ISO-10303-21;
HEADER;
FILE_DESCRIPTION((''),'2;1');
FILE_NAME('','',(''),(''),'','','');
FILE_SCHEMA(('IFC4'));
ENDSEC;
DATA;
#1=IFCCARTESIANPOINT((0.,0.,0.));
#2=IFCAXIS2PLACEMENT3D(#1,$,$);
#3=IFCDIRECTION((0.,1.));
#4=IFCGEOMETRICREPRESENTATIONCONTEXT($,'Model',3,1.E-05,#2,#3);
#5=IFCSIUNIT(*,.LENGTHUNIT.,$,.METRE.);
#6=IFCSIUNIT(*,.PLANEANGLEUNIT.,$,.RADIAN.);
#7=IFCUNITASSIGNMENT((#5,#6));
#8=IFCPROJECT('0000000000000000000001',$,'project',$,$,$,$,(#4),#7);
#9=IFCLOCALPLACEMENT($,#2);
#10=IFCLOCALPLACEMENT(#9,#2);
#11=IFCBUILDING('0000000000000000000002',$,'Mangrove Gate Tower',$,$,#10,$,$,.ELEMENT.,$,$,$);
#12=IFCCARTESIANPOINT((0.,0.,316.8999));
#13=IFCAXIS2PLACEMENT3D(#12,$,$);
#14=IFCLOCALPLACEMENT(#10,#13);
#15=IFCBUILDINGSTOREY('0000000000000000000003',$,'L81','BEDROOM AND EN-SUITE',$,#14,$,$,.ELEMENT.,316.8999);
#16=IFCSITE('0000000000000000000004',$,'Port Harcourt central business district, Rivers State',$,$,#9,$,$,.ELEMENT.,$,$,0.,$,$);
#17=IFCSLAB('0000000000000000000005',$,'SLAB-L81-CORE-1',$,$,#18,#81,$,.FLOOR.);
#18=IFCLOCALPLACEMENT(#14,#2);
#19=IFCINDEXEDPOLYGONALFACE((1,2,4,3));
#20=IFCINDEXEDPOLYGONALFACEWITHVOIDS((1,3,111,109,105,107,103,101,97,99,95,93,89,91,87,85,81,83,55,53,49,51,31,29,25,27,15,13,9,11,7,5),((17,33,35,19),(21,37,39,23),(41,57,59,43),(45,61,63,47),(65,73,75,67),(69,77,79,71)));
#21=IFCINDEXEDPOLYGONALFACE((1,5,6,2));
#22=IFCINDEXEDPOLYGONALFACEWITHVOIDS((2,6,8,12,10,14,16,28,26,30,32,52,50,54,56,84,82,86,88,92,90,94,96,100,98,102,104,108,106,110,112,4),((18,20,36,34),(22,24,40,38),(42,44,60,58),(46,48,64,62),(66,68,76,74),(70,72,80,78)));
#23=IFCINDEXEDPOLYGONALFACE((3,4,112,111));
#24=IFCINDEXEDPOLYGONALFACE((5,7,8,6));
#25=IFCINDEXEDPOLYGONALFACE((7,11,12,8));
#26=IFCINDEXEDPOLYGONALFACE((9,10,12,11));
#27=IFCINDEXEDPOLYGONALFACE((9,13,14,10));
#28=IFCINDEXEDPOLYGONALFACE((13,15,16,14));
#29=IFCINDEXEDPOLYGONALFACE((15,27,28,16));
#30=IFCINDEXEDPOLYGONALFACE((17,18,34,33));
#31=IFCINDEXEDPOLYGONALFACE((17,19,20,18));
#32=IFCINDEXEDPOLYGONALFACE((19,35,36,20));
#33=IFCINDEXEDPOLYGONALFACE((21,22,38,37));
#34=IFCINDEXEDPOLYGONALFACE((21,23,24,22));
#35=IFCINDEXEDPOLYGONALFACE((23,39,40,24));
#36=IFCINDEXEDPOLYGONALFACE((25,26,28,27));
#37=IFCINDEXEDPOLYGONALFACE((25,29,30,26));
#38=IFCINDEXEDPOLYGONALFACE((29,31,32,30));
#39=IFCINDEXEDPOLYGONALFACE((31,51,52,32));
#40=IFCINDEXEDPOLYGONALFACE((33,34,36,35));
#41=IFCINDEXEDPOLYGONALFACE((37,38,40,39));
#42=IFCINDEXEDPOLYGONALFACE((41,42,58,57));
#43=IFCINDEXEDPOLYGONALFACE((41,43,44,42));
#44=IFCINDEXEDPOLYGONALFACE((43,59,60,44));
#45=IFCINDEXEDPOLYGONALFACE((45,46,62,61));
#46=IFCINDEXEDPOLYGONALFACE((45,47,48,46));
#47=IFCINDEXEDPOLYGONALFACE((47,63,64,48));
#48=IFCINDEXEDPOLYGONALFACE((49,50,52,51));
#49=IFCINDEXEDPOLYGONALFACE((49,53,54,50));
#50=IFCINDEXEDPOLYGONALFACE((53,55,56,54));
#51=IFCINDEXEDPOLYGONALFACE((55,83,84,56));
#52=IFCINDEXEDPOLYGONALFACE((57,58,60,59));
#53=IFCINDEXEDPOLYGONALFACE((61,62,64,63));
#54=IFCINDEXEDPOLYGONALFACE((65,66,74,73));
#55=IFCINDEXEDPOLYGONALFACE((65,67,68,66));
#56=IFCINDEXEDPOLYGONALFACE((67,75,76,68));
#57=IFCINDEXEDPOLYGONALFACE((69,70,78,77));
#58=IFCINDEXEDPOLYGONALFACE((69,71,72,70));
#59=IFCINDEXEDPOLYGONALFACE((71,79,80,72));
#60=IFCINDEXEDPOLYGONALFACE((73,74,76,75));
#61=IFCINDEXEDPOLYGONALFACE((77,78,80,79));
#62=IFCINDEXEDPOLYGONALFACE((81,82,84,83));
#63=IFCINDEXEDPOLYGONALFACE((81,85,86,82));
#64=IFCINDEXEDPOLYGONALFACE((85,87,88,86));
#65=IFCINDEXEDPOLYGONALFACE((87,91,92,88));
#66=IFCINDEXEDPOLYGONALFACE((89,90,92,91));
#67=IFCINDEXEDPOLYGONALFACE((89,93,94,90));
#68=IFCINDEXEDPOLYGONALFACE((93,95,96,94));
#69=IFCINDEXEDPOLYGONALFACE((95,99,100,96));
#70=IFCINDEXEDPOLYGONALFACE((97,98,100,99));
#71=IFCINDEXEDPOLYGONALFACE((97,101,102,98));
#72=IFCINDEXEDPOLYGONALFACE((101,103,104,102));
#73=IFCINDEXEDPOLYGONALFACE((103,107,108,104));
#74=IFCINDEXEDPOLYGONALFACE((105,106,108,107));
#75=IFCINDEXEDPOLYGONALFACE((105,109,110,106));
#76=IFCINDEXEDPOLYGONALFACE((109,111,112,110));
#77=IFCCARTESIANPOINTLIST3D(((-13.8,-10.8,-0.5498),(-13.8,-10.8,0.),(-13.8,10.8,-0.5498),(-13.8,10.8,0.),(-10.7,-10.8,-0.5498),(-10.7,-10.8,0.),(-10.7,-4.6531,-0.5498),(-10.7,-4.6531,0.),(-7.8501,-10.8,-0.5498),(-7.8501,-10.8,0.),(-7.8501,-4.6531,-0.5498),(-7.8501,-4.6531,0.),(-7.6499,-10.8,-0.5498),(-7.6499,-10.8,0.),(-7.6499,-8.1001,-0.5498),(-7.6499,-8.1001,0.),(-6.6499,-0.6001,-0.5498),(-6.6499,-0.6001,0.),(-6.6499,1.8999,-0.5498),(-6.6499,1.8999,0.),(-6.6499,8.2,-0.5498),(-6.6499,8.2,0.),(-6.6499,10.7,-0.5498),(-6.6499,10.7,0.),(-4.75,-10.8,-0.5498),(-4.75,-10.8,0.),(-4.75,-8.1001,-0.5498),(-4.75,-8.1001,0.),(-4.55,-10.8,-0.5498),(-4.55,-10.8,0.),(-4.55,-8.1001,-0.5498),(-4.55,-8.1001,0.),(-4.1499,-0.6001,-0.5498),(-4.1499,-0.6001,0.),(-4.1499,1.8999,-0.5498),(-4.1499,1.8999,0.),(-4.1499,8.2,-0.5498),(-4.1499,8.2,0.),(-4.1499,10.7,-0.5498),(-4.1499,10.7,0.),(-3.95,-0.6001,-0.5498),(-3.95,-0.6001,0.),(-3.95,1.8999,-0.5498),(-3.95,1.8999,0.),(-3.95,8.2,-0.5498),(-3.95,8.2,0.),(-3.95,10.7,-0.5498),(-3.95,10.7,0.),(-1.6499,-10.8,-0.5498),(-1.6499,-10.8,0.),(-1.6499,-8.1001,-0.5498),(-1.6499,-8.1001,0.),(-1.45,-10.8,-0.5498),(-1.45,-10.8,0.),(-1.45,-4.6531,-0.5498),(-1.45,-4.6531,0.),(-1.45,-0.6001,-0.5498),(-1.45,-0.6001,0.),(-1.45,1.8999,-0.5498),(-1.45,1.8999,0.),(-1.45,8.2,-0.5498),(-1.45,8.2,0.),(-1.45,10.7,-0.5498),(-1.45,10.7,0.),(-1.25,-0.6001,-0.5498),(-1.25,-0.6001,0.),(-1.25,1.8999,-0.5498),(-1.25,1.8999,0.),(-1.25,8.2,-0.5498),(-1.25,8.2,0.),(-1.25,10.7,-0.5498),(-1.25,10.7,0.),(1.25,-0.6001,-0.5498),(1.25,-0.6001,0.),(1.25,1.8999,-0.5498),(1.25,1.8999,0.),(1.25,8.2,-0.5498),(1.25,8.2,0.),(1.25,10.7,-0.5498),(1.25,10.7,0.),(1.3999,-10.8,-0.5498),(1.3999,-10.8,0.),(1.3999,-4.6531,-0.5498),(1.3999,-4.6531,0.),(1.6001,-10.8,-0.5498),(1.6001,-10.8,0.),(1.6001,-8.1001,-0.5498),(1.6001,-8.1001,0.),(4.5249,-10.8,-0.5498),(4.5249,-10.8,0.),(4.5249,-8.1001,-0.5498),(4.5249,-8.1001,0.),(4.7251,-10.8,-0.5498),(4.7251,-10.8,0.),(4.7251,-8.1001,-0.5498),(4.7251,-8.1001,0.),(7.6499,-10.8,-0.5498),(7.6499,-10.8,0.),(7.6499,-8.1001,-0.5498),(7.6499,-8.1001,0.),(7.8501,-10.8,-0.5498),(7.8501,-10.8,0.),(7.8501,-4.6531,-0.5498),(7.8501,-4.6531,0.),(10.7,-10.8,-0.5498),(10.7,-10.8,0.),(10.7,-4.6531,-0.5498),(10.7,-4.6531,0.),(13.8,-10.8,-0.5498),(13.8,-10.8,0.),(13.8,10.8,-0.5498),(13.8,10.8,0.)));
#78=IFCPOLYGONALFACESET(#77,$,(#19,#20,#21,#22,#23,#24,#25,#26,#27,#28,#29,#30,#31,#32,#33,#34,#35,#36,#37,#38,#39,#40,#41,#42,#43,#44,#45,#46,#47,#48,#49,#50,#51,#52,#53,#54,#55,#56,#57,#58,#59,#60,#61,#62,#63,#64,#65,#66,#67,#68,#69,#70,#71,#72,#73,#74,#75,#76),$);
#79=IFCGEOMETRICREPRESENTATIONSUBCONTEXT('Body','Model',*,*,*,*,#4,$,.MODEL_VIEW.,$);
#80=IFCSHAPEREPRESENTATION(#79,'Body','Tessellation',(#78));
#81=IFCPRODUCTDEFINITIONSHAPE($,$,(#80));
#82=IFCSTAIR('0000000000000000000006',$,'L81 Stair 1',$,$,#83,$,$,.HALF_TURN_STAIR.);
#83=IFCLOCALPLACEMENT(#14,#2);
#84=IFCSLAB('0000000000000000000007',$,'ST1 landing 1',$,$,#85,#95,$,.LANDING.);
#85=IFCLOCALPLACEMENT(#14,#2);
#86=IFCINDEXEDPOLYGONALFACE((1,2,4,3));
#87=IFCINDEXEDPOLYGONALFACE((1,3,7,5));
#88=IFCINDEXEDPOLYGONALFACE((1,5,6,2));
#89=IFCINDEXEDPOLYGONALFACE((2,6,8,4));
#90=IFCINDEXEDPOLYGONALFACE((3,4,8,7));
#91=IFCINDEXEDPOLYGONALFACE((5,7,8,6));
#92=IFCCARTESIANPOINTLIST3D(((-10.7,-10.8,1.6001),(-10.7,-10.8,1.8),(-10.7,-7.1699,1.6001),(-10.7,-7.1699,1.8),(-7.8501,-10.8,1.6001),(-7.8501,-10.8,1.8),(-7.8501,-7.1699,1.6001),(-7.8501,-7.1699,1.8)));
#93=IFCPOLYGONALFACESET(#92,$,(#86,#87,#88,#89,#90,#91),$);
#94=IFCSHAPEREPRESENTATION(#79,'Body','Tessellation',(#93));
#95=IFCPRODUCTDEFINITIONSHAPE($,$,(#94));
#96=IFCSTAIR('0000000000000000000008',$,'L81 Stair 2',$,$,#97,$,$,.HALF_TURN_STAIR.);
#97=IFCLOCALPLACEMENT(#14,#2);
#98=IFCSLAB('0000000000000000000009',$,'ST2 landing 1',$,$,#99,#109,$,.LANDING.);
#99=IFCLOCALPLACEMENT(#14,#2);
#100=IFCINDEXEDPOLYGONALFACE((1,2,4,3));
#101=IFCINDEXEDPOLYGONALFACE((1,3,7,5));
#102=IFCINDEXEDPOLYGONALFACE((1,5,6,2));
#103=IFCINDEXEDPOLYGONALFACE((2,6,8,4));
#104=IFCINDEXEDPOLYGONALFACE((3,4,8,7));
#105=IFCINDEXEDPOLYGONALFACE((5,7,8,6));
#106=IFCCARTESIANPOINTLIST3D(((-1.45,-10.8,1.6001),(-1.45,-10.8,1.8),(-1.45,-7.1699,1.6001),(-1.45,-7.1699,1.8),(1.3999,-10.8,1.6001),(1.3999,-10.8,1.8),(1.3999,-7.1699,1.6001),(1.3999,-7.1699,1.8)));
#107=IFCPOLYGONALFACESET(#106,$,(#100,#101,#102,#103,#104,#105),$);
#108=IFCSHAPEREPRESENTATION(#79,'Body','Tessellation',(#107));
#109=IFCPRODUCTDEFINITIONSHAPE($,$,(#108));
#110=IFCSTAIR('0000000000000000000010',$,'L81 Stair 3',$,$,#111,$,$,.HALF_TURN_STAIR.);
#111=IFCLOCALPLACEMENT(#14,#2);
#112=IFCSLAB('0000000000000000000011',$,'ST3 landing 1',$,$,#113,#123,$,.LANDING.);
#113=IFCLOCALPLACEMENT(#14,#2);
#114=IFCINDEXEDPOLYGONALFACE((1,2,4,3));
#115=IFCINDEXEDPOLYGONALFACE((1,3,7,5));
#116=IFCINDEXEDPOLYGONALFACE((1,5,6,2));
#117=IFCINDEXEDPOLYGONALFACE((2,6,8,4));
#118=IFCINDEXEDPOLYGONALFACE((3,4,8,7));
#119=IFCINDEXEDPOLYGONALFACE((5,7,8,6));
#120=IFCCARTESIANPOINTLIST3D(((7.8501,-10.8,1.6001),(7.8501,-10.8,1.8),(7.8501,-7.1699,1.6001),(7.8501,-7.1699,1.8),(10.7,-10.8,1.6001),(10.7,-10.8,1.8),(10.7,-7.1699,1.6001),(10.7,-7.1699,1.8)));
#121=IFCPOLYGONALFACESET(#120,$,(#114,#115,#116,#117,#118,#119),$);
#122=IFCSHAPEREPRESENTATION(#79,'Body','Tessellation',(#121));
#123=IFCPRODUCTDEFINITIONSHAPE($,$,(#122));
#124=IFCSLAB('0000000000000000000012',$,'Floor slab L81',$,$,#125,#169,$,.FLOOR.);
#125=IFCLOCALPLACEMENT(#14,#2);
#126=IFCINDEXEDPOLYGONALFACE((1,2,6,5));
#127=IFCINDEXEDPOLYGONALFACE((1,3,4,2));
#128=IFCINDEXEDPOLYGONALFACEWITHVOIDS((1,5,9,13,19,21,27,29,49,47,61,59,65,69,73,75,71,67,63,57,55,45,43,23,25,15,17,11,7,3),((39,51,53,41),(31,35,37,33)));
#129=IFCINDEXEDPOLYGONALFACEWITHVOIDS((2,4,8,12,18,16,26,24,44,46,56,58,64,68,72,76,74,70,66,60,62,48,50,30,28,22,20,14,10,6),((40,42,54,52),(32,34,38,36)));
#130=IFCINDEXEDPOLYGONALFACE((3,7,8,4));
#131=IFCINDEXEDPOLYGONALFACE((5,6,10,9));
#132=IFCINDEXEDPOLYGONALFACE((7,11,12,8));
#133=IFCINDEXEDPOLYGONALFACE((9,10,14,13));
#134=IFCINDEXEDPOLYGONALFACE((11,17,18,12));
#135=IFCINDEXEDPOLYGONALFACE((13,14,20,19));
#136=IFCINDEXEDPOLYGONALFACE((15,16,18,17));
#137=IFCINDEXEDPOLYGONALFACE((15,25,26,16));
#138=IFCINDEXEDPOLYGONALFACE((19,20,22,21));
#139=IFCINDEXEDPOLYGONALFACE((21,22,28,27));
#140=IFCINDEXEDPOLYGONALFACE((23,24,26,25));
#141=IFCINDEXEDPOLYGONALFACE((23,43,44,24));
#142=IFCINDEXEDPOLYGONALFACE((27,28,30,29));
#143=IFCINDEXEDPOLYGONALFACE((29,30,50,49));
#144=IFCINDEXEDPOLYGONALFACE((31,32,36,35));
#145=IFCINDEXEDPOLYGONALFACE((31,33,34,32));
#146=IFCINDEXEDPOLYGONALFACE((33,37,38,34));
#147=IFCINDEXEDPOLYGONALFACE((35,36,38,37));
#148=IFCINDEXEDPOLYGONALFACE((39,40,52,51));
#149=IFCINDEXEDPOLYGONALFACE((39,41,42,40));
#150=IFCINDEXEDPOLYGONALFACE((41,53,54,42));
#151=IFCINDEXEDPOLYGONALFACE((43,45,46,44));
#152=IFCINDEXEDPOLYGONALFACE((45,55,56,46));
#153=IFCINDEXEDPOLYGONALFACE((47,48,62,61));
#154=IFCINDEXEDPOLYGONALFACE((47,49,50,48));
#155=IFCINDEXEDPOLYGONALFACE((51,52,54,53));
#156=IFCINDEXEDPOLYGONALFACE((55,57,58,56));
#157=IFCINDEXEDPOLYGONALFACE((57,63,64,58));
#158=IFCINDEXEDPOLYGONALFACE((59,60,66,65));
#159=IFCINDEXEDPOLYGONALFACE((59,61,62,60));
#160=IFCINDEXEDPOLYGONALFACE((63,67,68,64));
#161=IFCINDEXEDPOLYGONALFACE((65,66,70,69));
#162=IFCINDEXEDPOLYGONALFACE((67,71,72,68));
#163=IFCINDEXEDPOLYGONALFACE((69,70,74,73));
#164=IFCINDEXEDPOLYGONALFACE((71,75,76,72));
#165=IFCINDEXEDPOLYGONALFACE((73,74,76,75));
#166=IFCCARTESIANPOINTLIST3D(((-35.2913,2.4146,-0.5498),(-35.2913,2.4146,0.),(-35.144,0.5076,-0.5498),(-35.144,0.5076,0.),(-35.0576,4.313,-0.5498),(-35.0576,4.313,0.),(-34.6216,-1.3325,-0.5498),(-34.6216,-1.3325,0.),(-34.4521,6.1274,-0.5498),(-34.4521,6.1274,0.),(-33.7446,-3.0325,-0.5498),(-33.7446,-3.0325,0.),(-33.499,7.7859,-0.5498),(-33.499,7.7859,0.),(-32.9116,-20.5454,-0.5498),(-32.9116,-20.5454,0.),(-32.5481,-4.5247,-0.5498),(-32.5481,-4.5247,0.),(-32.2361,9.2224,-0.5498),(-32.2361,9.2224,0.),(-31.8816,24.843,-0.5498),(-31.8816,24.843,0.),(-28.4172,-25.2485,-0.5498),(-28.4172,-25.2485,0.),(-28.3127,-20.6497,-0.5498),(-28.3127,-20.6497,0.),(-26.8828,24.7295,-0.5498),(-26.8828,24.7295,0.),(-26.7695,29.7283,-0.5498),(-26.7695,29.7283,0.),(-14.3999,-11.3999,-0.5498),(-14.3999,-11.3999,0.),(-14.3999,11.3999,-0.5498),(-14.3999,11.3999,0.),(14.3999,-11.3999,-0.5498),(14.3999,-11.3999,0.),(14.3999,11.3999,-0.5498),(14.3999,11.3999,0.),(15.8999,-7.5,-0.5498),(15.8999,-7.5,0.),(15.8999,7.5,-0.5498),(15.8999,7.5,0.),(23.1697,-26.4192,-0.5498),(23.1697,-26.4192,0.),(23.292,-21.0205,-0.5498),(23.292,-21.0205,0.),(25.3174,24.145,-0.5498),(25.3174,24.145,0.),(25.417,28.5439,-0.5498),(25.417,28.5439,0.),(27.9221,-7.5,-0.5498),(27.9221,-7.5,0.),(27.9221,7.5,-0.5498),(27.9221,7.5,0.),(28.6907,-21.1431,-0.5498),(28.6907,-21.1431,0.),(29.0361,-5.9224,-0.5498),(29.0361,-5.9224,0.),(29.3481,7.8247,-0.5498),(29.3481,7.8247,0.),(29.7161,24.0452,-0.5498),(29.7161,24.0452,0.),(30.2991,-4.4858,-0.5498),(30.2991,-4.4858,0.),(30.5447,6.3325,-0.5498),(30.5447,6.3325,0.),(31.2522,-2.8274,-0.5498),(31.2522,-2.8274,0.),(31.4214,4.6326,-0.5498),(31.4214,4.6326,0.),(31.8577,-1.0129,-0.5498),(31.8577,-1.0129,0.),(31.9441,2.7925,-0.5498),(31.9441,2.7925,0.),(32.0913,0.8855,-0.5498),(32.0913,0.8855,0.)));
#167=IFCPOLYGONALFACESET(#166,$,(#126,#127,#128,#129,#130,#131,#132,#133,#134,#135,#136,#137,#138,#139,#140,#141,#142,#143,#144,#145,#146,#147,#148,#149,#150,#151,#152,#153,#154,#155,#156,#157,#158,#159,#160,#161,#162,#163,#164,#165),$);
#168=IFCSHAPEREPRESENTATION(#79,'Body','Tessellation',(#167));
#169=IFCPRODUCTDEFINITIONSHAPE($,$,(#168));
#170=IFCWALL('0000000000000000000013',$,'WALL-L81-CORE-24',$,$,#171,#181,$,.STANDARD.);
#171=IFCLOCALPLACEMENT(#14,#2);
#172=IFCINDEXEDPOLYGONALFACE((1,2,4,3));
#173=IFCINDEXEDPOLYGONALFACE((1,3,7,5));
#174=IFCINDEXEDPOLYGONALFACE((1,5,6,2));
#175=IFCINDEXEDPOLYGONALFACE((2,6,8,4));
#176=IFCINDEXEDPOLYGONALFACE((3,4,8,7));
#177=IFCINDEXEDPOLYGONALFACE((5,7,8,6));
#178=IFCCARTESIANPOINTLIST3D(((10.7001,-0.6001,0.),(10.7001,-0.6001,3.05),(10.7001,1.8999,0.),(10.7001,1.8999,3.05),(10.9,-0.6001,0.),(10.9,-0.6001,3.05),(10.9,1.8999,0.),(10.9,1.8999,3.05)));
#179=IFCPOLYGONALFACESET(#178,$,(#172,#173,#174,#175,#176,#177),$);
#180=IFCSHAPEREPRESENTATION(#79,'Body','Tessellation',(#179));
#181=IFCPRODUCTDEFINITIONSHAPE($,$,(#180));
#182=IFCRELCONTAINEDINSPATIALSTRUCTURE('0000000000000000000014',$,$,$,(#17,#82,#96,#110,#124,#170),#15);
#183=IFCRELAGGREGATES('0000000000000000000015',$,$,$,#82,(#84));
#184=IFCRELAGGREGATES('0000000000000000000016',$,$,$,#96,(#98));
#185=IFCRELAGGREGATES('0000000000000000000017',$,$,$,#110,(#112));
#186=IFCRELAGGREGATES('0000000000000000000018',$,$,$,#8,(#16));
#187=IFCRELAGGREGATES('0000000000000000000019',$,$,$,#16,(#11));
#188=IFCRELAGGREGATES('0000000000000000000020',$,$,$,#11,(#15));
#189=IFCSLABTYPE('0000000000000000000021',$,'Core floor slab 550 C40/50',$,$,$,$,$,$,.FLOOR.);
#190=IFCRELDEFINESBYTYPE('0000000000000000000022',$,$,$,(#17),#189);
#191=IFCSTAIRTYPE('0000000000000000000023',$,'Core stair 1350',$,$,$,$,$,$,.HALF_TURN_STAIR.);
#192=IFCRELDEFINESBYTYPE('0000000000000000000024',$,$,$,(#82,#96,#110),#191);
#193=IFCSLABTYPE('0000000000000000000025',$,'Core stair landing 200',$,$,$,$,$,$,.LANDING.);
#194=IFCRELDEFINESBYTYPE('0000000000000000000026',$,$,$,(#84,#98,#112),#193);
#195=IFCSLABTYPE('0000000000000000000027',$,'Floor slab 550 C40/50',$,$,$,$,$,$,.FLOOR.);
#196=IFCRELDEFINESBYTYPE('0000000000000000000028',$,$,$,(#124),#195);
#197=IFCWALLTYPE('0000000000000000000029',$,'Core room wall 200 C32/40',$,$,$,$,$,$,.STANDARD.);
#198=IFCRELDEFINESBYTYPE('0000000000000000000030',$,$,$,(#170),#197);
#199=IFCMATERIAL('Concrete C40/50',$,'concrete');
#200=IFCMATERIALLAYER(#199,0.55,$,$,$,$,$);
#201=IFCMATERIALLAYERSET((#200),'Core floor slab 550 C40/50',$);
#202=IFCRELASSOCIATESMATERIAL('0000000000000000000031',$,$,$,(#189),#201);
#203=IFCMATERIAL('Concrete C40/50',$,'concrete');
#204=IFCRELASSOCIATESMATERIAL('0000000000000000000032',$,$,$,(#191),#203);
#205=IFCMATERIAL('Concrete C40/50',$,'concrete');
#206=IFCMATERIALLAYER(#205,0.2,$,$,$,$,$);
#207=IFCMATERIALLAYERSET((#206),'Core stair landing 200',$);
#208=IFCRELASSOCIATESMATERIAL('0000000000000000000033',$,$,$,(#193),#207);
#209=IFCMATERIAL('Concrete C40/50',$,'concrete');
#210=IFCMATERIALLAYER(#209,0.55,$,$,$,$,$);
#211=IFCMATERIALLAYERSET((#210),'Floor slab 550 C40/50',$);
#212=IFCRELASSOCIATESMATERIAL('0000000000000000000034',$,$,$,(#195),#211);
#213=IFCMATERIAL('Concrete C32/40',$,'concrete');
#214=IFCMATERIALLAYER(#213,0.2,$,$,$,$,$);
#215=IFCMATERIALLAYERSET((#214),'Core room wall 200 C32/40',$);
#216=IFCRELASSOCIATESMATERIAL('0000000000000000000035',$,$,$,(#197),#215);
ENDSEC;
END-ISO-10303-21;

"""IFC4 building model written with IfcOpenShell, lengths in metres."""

from ifc_helpers import new_model, si_unit, direction, frame, frame_2d, origin, place, context, subcontext, project, spatial, polyline, rectangle, outline, extrude, material, layer, layer_set, type_object, element, aggregate, save


model = new_model("IFC4")

# Units and contexts
model_context = context("Model", 3, precision=1e-05, world=origin(), true_north=direction((0.0, 1.0)))
body_context = subcontext(model_context, "Body", "Model", "MODEL_VIEW")
ifc_project = project(units=[si_unit("LENGTHUNIT", "METRE"), si_unit("PLANEANGLEUNIT", "RADIAN")], contexts=[model_context])

# Site, building, storey
site_placement = place(None, origin())
site = spatial("IfcSite", under=ifc_project, at=site_placement, Name="Port Harcourt central business district, Rivers State", CompositionType="ELEMENT", RefElevation=0.0)
building_placement = place(site_placement, origin())
building = spatial("IfcBuilding", under=site, at=building_placement, Name="Mangrove Gate Tower", CompositionType="ELEMENT")
storey_placement = place(building_placement, frame((0.0, 0.0, 316.8999)))
storey = spatial("IfcBuildingStorey", under=building, at=storey_placement, Name="L81", Description="BEDROOM AND EN-SUITE", CompositionType="ELEMENT", Elevation=316.8999)

# Slab
ifc_material_1 = material(Name="Concrete C40/50", Category="concrete")
ifc_layer_1 = layer(ifc_material_1, 0.55)
ifc_layer_set_1 = layer_set([ifc_layer_1], Name="Core floor slab 550 C40/50")
slab_type_1 = type_object("IfcSlabType", Name="Core floor slab 550 C40/50", PredefinedType="FLOOR", material=ifc_layer_set_1)
slab_1_placement = place(storey_placement, frame((0.0, 0.0, -0.5498)))
element("IfcSlab", 1, at=slab_1_placement, inside=storey, type_object=slab_type_1, Name="SLAB-L81-CORE-1", PredefinedType="FLOOR", context=body_context, shape_type="SweptSolid", body=[
    extrude(outline(polyline([(-13.8, -10.8), (-13.8, 10.8), (13.8, 10.8), (13.8, -10.8), (10.7, -10.8), (10.7, -4.6531), (7.8501, -4.6531), (7.8501, -10.8), (7.6499, -10.8), (7.6499, -8.1001), (4.7251, -8.1001), (4.7251, -10.8), (4.5249, -10.8), (4.5249, -8.1001), (1.6001, -8.1001), (1.6001, -10.8), (1.3999, -10.8), (1.3999, -4.6531), (-1.45, -4.6531), (-1.45, -10.8), (-1.6499, -10.8), (-1.6499, -8.1001), (-4.55, -8.1001), (-4.55, -10.8), (-4.75, -10.8), (-4.75, -8.1001), (-7.6499, -8.1001), (-7.6499, -10.8), (-7.8501, -10.8), (-7.8501, -4.6531), (-10.7, -4.6531), (-10.7, -10.8), (-13.8, -10.8)]), holes=[polyline([(-4.1499, 1.8999), (-6.6499, 1.8999), (-6.6499, -0.6001), (-4.1499, -0.6001), (-4.1499, 1.8999)]), polyline([(-1.45, -0.6001), (-1.45, 1.8999), (-3.95, 1.8999), (-3.95, -0.6001), (-1.45, -0.6001)]), polyline([(-4.1499, 8.2), (-4.1499, 10.7), (-6.6499, 10.7), (-6.6499, 8.2), (-4.1499, 8.2)]), polyline([(-1.45, 10.7), (-3.95, 10.7), (-3.95, 8.2), (-1.45, 8.2), (-1.45, 10.7)]), polyline([(1.25, -0.6001), (1.25, 1.8999), (-1.25, 1.8999), (-1.25, -0.6001), (1.25, -0.6001)]), polyline([(1.25, 8.2), (1.25, 10.7), (-1.25, 10.7), (-1.25, 8.2), (1.25, 8.2)])]), origin(), (0.0, 0.0, 1.0), 0.5498),
])

# Stairs, slabs
ifc_material_2 = material(Name="Concrete C40/50", Category="concrete")
stair_type = type_object("IfcStairType", Name="Core stair 1350", PredefinedType="HALF_TURN_STAIR", material=ifc_material_2)
stair_1_placement = place(storey_placement, origin())
stair_1 = element("IfcStair", 2, at=stair_1_placement, inside=storey, type_object=stair_type, Name="L81 Stair 1", PredefinedType="HALF_TURN_STAIR")
ifc_material_3 = material(Name="Concrete C40/50", Category="concrete")
ifc_layer_2 = layer(ifc_material_3, 0.2)
ifc_layer_set_2 = layer_set([ifc_layer_2], Name="Core stair landing 200")
slab_type_2 = type_object("IfcSlabType", Name="Core stair landing 200", PredefinedType="LANDING", material=ifc_layer_set_2)
slab_2_placement = place(storey_placement, frame((0.0, 0.0, 1.6001)))
slab_2 = element("IfcSlab", 3, at=slab_2_placement, type_object=slab_type_2, Name="ST1 landing 1", PredefinedType="LANDING", context=body_context, shape_type="SweptSolid", body=[
    extrude(outline(polyline([(-10.7, -7.1699), (-10.7, -10.8), (-7.8501, -10.8), (-7.8501, -7.1699), (-10.7, -7.1699)])), origin(), (0.0, 0.0, 1.0), 0.2),
])
aggregate(stair_1, [slab_2])
stair_2_placement = place(storey_placement, origin())
stair_2 = element("IfcStair", 4, at=stair_2_placement, inside=storey, type_object=stair_type, Name="L81 Stair 2", PredefinedType="HALF_TURN_STAIR")
slab_3_placement = place(storey_placement, frame((0.0, 0.0, 1.6001)))
slab_3 = element("IfcSlab", 5, at=slab_3_placement, type_object=slab_type_2, Name="ST2 landing 1", PredefinedType="LANDING", context=body_context, shape_type="SweptSolid", body=[
    extrude(outline(polyline([(-1.45, -7.1699), (-1.45, -10.8), (1.3999, -10.8), (1.3999, -7.1699), (-1.45, -7.1699)])), origin(), (0.0, 0.0, 1.0), 0.2),
])
aggregate(stair_2, [slab_3])
stair_3_placement = place(storey_placement, origin())
stair_3 = element("IfcStair", 6, at=stair_3_placement, inside=storey, type_object=stair_type, Name="L81 Stair 3", PredefinedType="HALF_TURN_STAIR")
slab_4_placement = place(storey_placement, frame((0.0, 0.0, 1.6001)))
slab_4 = element("IfcSlab", 7, at=slab_4_placement, type_object=slab_type_2, Name="ST3 landing 1", PredefinedType="LANDING", context=body_context, shape_type="SweptSolid", body=[
    extrude(outline(polyline([(7.8501, -7.1699), (7.8501, -10.8), (10.7, -10.8), (10.7, -7.1699), (7.8501, -7.1699)])), origin(), (0.0, 0.0, 1.0), 0.2),
])
aggregate(stair_3, [slab_4])

# Slab
ifc_material_4 = material(Name="Concrete C40/50", Category="concrete")
ifc_layer_3 = layer(ifc_material_4, 0.55)
ifc_layer_set_3 = layer_set([ifc_layer_3], Name="Floor slab 550 C40/50")
slab_type_3 = type_object("IfcSlabType", Name="Floor slab 550 C40/50", PredefinedType="FLOOR", material=ifc_layer_set_3)
slab_5_placement = place(storey_placement, frame((0.0, 0.0, -0.5498)))
element("IfcSlab", 8, at=slab_5_placement, inside=storey, type_object=slab_type_3, Name="Floor slab L81", PredefinedType="FLOOR", context=body_context, shape_type="SweptSolid", body=[
    extrude(outline(polyline([(-28.4172, -25.2485), (23.1697, -26.4192), (23.292, -21.0205), (28.6907, -21.1431), (29.0361, -5.9224), (30.2991, -4.4858), (31.2522, -2.8274), (31.8577, -1.0129), (32.0913, 0.8855), (31.9441, 2.7925), (31.4214, 4.6326), (30.5447, 6.3325), (29.3481, 7.8247), (29.7161, 24.0452), (25.3174, 24.145), (25.417, 28.5439), (-26.7695, 29.7283), (-26.8828, 24.7295), (-31.8816, 24.843), (-32.2361, 9.2224), (-33.499, 7.7859), (-34.4521, 6.1274), (-35.0576, 4.313), (-35.2913, 2.4146), (-35.144, 0.5076), (-34.6216, -1.3325), (-33.7446, -3.0325), (-32.5481, -4.5247), (-32.9116, -20.5454), (-28.3127, -20.6497), (-28.4172, -25.2485)]), holes=[polyline([(15.8999, 7.5), (27.9221, 7.5), (27.9221, -7.5), (15.8999, -7.5), (15.8999, 7.5)]), polyline([(-14.3999, -11.3999), (-14.3999, 11.3999), (14.3999, 11.3999), (14.3999, -11.3999), (-14.3999, -11.3999)])]), origin(), (0.0, 0.0, 1.0), 0.5498),
])

# Wall
ifc_material_5 = material(Name="Concrete C32/40", Category="concrete")
ifc_layer_4 = layer(ifc_material_5, 0.2)
ifc_layer_set_4 = layer_set([ifc_layer_4], Name="Core room wall 200 C32/40")
wall_type_1 = type_object("IfcWallType", Name="Core room wall 200 C32/40", PredefinedType="STANDARD", material=ifc_layer_set_4)
wall_1_placement = place(storey_placement, frame((10.8, -0.6001, 0.0), z_axis=(0.0, 0.0, 1.0), x_axis=(0.0, 1.0, 0.0)))
element("IfcWall", 9, at=wall_1_placement, inside=storey, type_object=wall_type_1, Name="WALL-L81-CORE-24", PredefinedType="STANDARD", context=body_context, shape_type="SweptSolid", body=[
    extrude(rectangle(XDim=2.5, YDim=0.2, at=frame_2d((1.25, 0.0))), origin(), (0.0, 0.0, 1.0), 3.05),
])

save(model, "model.ifc")
